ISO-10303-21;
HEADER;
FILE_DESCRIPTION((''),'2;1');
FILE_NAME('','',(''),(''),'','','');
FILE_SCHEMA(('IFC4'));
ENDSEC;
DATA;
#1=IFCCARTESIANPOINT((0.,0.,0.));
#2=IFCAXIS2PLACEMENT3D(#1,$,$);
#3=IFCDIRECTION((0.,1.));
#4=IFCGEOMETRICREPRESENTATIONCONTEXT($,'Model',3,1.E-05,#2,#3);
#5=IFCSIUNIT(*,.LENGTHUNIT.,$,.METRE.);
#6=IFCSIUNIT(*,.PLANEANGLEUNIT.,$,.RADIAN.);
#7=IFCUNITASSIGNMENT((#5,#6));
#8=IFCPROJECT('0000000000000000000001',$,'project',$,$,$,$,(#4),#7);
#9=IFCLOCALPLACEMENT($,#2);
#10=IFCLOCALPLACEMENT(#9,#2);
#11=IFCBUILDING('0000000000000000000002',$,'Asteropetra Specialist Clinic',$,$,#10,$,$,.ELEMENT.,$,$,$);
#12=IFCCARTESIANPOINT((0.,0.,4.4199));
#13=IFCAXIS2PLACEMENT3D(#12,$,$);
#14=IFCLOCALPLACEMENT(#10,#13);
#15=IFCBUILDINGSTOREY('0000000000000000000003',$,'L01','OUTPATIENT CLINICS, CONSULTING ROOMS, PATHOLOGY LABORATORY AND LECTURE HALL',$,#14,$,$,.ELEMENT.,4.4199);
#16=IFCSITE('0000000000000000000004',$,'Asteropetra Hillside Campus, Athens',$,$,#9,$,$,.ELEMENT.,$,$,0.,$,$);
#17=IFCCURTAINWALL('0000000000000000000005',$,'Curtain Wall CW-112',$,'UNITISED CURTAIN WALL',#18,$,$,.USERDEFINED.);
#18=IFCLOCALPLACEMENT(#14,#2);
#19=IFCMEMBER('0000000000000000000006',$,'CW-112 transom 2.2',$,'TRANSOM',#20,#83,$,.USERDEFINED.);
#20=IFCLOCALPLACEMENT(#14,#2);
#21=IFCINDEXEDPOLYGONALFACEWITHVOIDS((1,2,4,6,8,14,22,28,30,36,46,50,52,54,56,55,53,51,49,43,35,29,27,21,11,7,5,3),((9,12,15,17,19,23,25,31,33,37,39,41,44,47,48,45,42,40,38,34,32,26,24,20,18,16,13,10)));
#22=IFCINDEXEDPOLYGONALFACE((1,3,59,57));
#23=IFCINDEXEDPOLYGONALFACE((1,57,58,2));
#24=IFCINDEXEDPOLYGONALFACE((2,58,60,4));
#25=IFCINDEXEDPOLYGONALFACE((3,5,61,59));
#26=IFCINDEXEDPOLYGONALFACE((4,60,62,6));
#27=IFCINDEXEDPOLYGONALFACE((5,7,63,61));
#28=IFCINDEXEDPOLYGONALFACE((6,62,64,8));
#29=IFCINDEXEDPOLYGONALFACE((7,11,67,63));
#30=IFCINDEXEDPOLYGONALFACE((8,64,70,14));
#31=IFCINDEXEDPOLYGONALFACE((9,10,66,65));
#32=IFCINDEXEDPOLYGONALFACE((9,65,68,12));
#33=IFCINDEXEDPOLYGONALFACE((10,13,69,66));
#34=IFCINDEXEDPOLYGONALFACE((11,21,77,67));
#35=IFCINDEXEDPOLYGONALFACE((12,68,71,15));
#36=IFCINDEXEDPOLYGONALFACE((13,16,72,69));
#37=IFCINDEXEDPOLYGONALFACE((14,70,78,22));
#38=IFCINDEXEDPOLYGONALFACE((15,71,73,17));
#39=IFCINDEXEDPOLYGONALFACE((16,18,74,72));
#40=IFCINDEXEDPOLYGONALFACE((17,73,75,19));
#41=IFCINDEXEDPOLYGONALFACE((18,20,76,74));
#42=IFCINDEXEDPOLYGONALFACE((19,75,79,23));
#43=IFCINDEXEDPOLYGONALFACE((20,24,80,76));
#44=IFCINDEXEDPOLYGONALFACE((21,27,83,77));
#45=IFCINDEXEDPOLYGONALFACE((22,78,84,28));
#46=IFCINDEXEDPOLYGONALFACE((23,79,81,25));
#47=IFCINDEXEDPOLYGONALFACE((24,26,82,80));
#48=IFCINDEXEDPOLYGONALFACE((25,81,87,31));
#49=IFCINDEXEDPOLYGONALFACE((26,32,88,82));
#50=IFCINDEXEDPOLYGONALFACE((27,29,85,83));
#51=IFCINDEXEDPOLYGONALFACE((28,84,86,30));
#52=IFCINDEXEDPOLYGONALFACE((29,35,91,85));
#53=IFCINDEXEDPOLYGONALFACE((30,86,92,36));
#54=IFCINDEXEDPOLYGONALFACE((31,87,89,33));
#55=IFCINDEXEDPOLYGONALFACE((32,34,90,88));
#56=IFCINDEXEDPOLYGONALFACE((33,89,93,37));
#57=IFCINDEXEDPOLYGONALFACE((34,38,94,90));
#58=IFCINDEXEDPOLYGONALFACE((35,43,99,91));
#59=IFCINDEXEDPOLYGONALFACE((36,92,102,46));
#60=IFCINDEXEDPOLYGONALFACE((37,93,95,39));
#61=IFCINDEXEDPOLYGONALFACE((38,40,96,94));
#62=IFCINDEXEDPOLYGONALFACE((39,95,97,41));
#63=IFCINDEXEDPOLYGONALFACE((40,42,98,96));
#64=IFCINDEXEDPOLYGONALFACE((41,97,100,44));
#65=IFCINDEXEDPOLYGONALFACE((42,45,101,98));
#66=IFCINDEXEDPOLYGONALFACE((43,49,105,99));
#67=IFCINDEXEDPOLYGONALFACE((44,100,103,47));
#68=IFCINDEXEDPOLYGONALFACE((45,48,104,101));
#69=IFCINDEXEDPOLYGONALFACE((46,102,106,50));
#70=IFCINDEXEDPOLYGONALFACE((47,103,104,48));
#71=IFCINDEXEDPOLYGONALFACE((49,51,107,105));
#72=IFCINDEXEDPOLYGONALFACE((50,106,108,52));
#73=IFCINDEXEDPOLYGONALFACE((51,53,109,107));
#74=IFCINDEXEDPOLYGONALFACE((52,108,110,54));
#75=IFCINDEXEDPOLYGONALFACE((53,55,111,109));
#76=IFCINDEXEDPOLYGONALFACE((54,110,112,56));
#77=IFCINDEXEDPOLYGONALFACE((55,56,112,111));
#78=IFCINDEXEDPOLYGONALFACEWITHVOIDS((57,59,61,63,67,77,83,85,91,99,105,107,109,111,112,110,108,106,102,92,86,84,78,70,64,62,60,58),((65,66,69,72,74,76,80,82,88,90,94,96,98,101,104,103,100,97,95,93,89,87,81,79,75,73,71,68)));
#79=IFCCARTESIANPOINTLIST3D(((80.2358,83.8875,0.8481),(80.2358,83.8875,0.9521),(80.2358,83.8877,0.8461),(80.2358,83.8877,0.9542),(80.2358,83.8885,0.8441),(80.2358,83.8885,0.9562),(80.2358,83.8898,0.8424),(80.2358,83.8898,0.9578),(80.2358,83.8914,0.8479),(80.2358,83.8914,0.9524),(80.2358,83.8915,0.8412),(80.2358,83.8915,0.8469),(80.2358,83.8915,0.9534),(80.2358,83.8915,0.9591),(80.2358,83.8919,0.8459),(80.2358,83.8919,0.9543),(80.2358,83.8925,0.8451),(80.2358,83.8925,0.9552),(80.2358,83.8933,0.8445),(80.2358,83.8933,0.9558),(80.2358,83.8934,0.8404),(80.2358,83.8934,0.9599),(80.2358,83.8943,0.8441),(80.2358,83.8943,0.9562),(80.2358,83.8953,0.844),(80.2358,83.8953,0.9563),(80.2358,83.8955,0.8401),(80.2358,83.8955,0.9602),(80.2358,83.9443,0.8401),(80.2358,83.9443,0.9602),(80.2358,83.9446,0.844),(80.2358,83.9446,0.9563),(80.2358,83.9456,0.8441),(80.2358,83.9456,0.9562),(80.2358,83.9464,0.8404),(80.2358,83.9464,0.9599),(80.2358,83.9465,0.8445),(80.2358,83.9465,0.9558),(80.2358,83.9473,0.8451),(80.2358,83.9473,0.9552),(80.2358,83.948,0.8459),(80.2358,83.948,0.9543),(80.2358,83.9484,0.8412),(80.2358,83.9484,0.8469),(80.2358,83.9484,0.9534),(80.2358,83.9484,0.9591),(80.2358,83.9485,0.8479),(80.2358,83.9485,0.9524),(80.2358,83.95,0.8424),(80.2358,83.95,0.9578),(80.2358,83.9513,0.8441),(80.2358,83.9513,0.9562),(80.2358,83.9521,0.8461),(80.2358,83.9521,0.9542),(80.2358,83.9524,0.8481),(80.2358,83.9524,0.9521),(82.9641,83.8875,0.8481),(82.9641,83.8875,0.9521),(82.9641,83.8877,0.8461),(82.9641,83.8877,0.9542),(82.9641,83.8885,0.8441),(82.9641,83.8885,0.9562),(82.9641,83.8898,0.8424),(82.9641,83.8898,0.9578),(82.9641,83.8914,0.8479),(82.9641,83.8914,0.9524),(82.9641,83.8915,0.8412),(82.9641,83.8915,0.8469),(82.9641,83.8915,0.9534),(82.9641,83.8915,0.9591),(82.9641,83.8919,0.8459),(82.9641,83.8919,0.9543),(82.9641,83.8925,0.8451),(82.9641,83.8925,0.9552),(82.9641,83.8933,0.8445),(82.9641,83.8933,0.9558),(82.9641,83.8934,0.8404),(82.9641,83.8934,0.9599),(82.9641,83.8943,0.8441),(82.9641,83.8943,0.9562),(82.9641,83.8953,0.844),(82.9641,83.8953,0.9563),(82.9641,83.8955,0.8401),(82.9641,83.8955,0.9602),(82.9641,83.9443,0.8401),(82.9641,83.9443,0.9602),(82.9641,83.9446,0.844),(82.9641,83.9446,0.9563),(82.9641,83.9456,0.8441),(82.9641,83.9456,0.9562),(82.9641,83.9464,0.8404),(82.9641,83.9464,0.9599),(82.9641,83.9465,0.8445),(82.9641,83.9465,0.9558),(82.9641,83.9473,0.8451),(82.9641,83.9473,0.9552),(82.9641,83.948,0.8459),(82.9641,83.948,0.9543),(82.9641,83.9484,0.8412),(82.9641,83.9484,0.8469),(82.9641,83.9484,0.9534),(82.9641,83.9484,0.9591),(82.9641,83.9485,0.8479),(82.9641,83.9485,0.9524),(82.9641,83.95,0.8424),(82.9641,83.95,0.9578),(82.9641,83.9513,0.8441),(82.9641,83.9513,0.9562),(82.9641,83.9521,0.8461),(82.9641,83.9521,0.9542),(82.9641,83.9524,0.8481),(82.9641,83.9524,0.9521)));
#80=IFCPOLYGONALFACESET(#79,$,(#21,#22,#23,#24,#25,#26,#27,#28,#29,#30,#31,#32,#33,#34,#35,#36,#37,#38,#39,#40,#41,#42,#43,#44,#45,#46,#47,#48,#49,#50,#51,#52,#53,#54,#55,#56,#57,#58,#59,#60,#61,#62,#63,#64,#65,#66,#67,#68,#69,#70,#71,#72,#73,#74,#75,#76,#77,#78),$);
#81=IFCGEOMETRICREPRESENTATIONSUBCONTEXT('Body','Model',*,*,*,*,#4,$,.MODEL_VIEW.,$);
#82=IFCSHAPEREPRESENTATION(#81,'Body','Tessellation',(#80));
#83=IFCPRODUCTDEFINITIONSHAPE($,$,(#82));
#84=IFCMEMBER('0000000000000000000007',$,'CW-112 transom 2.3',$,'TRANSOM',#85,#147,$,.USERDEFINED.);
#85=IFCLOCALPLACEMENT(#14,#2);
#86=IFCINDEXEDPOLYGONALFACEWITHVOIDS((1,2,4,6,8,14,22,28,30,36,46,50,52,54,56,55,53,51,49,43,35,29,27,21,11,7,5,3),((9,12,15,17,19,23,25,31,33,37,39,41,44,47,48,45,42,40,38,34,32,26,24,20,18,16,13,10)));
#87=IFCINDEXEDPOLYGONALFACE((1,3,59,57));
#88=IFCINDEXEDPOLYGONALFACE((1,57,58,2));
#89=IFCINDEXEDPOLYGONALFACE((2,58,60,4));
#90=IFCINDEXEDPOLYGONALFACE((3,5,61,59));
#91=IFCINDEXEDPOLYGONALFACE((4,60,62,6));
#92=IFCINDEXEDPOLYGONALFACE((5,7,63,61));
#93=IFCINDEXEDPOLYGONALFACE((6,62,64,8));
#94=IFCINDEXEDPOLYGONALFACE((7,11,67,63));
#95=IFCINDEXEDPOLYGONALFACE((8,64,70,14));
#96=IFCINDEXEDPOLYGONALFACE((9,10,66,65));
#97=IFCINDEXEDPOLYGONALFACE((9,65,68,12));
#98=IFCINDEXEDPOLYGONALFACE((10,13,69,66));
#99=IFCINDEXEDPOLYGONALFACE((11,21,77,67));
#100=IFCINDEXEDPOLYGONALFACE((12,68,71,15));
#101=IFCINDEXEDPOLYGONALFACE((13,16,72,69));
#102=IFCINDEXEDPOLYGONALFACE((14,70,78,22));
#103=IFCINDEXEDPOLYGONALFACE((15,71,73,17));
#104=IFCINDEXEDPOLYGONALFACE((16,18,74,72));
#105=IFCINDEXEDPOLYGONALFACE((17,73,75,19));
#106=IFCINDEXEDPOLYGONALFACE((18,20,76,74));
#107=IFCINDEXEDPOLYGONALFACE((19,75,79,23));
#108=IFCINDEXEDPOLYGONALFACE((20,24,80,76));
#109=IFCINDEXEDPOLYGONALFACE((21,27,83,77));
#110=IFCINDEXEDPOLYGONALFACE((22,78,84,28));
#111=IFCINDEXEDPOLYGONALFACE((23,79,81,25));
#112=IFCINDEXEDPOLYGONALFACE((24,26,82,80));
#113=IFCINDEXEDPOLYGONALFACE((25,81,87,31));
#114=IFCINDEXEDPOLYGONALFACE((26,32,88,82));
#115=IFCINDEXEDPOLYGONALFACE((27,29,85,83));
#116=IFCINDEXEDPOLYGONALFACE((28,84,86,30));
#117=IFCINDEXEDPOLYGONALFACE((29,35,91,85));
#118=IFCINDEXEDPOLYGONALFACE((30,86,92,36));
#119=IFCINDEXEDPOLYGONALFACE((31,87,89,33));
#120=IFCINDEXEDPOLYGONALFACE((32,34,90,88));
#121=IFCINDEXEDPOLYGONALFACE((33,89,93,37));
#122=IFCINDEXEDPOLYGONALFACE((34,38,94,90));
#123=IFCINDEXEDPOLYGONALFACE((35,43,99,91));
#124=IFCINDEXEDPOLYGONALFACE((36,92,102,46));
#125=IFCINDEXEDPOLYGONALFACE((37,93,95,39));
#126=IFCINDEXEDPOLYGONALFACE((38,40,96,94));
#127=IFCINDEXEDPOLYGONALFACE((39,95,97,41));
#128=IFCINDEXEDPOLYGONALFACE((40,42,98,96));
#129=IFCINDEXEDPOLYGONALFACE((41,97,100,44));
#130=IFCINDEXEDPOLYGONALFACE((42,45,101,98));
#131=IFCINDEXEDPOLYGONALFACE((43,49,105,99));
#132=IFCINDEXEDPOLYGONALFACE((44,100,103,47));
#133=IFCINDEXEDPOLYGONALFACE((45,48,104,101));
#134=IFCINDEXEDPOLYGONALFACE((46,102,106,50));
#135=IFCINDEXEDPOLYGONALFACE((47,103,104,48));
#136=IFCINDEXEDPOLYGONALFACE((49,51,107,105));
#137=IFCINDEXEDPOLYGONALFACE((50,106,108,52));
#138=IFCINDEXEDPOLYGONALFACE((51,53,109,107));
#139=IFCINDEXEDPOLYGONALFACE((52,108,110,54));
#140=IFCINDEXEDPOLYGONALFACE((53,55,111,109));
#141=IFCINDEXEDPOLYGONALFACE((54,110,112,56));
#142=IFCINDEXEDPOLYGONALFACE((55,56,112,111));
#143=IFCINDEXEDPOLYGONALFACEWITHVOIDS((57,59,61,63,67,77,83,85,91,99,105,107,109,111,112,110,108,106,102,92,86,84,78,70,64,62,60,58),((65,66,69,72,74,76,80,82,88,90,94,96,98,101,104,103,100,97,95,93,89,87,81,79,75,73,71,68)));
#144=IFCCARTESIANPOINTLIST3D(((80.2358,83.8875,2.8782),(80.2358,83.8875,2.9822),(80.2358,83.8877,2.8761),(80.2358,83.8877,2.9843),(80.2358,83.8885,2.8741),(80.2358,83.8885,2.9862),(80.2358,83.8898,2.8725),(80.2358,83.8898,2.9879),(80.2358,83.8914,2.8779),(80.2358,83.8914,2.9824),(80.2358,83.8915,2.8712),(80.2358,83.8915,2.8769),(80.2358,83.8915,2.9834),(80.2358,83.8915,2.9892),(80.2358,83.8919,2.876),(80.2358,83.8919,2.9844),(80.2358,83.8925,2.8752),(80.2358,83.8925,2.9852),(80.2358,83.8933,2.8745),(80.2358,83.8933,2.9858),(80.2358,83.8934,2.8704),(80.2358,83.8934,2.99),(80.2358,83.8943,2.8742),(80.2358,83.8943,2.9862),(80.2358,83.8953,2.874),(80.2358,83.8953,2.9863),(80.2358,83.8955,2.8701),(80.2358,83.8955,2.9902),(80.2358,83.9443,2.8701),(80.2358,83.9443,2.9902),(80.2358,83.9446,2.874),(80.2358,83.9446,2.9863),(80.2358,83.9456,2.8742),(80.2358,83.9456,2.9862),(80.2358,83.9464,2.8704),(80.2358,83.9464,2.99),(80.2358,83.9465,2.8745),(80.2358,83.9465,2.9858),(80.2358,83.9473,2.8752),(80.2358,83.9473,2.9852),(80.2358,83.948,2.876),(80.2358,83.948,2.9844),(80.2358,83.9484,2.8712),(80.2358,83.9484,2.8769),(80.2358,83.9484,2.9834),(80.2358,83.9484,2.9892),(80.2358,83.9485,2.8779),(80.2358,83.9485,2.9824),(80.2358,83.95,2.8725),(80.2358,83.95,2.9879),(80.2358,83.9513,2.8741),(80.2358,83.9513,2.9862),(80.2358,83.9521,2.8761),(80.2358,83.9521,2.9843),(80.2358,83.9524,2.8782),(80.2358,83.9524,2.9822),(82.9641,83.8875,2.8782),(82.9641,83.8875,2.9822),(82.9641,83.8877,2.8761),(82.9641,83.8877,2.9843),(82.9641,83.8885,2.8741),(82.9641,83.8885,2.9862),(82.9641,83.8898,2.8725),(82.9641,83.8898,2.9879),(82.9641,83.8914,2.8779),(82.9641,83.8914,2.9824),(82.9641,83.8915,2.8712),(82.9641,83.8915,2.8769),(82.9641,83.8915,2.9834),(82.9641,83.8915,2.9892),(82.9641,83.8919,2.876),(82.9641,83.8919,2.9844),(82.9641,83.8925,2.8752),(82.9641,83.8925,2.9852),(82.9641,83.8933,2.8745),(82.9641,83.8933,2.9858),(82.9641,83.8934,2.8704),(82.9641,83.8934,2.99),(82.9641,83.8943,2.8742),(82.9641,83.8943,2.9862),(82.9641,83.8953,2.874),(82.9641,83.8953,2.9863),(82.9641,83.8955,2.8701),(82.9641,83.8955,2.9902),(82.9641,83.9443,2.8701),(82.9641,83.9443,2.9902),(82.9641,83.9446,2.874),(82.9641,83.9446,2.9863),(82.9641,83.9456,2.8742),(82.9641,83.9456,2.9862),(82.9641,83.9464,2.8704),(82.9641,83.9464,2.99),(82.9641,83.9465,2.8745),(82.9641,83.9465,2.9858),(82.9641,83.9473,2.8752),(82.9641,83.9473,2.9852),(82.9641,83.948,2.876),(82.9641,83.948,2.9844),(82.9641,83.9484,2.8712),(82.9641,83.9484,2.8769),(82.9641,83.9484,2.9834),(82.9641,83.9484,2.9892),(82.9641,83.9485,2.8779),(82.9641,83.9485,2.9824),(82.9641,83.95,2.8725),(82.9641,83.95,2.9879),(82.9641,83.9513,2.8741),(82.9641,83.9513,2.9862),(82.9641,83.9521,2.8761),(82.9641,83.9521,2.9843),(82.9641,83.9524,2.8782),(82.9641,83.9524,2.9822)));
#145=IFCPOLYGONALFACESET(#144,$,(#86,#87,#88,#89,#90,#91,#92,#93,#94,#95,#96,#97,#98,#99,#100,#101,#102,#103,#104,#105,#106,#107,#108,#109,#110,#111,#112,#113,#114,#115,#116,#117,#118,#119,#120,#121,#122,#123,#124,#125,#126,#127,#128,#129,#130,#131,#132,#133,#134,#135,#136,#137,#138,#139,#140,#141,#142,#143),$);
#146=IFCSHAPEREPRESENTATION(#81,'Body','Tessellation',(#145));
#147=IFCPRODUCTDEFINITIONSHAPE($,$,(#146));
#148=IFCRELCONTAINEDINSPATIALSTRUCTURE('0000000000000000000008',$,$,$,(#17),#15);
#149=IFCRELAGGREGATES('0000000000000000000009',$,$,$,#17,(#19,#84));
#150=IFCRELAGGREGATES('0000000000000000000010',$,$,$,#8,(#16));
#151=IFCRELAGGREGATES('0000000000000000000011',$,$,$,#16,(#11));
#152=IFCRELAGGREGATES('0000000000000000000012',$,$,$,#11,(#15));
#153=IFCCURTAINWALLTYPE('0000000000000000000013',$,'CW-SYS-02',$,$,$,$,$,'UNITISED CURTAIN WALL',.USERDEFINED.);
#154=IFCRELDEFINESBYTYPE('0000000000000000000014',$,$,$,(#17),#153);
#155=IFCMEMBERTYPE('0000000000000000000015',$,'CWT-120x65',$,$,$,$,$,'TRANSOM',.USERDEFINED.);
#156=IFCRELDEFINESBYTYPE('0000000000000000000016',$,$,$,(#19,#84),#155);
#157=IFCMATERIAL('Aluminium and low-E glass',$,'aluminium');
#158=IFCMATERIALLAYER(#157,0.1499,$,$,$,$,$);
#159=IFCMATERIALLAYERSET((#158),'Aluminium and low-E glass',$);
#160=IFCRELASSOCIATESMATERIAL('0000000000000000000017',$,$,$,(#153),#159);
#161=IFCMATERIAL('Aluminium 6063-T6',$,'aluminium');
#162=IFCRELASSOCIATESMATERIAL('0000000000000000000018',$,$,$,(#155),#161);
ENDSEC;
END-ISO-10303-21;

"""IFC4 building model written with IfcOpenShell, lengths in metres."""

from ifc_helpers import new_model, si_unit, direction, frame, origin, origin_2d, place, context, subcontext, project, spatial, hollow_rectangle, extrude, material, layer, layer_set, material_profile, profile_set, type_object, element, aggregate, save


model = new_model("IFC4")

# Units and contexts
model_context = context("Model", 3, precision=1e-05, world=origin(), true_north=direction((0.0, 1.0)))
body_context = subcontext(model_context, "Body", "Model", "MODEL_VIEW")
ifc_project = project(units=[si_unit("LENGTHUNIT", "METRE"), si_unit("PLANEANGLEUNIT", "RADIAN")], contexts=[model_context])

# Site, building, storey
site_placement = place(None, origin())
site = spatial("IfcSite", under=ifc_project, at=site_placement, Name="Asteropetra Hillside Campus, Athens", CompositionType="ELEMENT", RefElevation=0.0)
building_placement = place(site_placement, origin())
building = spatial("IfcBuilding", under=site, at=building_placement, Name="Asteropetra Specialist Clinic", CompositionType="ELEMENT")
storey_placement = place(building_placement, frame((0.0, 0.0, 4.4199)))
storey = spatial("IfcBuildingStorey", under=building, at=storey_placement, Name="L01", Description="OUTPATIENT CLINICS, CONSULTING ROOMS, PATHOLOGY LABORATORY AND LECTURE HALL", CompositionType="ELEMENT", Elevation=4.4199)

# Curtain wall, members
ifc_material_1 = material(Name="Aluminium and low-E glass", Category="aluminium")
ifc_layer_1 = layer(ifc_material_1, 0.1499)
ifc_layer_set_1 = layer_set([ifc_layer_1], Name="Aluminium and low-E glass")
curtain_wall_type = type_object("IfcCurtainWallType", Name="CW-SYS-02", ElementType="UNITISED CURTAIN WALL", PredefinedType="USERDEFINED", material=ifc_layer_set_1)
curtain_wall_placement = place(storey_placement, origin())
curtain_wall = element("IfcCurtainWall", 1, at=curtain_wall_placement, inside=storey, type_object=curtain_wall_type, Name="Curtain Wall CW-112", ObjectType="UNITISED CURTAIN WALL", PredefinedType="USERDEFINED")
ifc_material_2 = material(Name="Aluminium 6063-T6", Category="aluminium")
ifc_material_profile_1 = material_profile(ifc_material_2, hollow_rectangle(XDim=0.0649, YDim=0.1201, WallThickness=0.0039, InnerFilletRadius=0.0039, OuterFilletRadius=0.0081, at=origin_2d()), Name="TRN 120x65x4.0")
ifc_profile_set_1 = profile_set([ifc_material_profile_1], Name="Aluminium 6063-T6")
member_type_1 = type_object("IfcMemberType", Name="CWT-120x65", ElementType="TRANSOM", PredefinedType="USERDEFINED", material=ifc_profile_set_1)
member_1_placement = place(storey_placement, frame((82.9641, 83.9199, 0.9001), z_axis=(-1.0, 0.0, 0.0), x_axis=(0.0, -1.0, 0.0)))
member_1 = element("IfcMember", 2, at=member_1_placement, type_object=member_type_1, Name="CW-112 transom 2.2", ObjectType="TRANSOM", PredefinedType="USERDEFINED", context=body_context, shape_type="SweptSolid", body=[
    extrude(hollow_rectangle(XDim=0.0649, YDim=0.1201, WallThickness=0.0039, InnerFilletRadius=0.0039, OuterFilletRadius=0.0081, at=origin_2d()), origin(), (0.0, 0.0, 1.0), 2.7283),
])
member_2_placement = place(storey_placement, frame((82.9641, 83.9199, 2.9302), z_axis=(-1.0, 0.0, 0.0), x_axis=(0.0, -1.0, 0.0)))
member_2 = element("IfcMember", 3, at=member_2_placement, type_object=member_type_1, Name="CW-112 transom 2.3", ObjectType="TRANSOM", PredefinedType="USERDEFINED", context=body_context, shape_type="SweptSolid", body=[
    extrude(hollow_rectangle(XDim=0.0649, YDim=0.1201, WallThickness=0.0039, InnerFilletRadius=0.0039, OuterFilletRadius=0.0081, at=origin_2d()), origin(), (0.0, 0.0, 1.0), 2.7283),
])
aggregate(curtain_wall, [member_1, member_2])

save(model, "model.ifc")
